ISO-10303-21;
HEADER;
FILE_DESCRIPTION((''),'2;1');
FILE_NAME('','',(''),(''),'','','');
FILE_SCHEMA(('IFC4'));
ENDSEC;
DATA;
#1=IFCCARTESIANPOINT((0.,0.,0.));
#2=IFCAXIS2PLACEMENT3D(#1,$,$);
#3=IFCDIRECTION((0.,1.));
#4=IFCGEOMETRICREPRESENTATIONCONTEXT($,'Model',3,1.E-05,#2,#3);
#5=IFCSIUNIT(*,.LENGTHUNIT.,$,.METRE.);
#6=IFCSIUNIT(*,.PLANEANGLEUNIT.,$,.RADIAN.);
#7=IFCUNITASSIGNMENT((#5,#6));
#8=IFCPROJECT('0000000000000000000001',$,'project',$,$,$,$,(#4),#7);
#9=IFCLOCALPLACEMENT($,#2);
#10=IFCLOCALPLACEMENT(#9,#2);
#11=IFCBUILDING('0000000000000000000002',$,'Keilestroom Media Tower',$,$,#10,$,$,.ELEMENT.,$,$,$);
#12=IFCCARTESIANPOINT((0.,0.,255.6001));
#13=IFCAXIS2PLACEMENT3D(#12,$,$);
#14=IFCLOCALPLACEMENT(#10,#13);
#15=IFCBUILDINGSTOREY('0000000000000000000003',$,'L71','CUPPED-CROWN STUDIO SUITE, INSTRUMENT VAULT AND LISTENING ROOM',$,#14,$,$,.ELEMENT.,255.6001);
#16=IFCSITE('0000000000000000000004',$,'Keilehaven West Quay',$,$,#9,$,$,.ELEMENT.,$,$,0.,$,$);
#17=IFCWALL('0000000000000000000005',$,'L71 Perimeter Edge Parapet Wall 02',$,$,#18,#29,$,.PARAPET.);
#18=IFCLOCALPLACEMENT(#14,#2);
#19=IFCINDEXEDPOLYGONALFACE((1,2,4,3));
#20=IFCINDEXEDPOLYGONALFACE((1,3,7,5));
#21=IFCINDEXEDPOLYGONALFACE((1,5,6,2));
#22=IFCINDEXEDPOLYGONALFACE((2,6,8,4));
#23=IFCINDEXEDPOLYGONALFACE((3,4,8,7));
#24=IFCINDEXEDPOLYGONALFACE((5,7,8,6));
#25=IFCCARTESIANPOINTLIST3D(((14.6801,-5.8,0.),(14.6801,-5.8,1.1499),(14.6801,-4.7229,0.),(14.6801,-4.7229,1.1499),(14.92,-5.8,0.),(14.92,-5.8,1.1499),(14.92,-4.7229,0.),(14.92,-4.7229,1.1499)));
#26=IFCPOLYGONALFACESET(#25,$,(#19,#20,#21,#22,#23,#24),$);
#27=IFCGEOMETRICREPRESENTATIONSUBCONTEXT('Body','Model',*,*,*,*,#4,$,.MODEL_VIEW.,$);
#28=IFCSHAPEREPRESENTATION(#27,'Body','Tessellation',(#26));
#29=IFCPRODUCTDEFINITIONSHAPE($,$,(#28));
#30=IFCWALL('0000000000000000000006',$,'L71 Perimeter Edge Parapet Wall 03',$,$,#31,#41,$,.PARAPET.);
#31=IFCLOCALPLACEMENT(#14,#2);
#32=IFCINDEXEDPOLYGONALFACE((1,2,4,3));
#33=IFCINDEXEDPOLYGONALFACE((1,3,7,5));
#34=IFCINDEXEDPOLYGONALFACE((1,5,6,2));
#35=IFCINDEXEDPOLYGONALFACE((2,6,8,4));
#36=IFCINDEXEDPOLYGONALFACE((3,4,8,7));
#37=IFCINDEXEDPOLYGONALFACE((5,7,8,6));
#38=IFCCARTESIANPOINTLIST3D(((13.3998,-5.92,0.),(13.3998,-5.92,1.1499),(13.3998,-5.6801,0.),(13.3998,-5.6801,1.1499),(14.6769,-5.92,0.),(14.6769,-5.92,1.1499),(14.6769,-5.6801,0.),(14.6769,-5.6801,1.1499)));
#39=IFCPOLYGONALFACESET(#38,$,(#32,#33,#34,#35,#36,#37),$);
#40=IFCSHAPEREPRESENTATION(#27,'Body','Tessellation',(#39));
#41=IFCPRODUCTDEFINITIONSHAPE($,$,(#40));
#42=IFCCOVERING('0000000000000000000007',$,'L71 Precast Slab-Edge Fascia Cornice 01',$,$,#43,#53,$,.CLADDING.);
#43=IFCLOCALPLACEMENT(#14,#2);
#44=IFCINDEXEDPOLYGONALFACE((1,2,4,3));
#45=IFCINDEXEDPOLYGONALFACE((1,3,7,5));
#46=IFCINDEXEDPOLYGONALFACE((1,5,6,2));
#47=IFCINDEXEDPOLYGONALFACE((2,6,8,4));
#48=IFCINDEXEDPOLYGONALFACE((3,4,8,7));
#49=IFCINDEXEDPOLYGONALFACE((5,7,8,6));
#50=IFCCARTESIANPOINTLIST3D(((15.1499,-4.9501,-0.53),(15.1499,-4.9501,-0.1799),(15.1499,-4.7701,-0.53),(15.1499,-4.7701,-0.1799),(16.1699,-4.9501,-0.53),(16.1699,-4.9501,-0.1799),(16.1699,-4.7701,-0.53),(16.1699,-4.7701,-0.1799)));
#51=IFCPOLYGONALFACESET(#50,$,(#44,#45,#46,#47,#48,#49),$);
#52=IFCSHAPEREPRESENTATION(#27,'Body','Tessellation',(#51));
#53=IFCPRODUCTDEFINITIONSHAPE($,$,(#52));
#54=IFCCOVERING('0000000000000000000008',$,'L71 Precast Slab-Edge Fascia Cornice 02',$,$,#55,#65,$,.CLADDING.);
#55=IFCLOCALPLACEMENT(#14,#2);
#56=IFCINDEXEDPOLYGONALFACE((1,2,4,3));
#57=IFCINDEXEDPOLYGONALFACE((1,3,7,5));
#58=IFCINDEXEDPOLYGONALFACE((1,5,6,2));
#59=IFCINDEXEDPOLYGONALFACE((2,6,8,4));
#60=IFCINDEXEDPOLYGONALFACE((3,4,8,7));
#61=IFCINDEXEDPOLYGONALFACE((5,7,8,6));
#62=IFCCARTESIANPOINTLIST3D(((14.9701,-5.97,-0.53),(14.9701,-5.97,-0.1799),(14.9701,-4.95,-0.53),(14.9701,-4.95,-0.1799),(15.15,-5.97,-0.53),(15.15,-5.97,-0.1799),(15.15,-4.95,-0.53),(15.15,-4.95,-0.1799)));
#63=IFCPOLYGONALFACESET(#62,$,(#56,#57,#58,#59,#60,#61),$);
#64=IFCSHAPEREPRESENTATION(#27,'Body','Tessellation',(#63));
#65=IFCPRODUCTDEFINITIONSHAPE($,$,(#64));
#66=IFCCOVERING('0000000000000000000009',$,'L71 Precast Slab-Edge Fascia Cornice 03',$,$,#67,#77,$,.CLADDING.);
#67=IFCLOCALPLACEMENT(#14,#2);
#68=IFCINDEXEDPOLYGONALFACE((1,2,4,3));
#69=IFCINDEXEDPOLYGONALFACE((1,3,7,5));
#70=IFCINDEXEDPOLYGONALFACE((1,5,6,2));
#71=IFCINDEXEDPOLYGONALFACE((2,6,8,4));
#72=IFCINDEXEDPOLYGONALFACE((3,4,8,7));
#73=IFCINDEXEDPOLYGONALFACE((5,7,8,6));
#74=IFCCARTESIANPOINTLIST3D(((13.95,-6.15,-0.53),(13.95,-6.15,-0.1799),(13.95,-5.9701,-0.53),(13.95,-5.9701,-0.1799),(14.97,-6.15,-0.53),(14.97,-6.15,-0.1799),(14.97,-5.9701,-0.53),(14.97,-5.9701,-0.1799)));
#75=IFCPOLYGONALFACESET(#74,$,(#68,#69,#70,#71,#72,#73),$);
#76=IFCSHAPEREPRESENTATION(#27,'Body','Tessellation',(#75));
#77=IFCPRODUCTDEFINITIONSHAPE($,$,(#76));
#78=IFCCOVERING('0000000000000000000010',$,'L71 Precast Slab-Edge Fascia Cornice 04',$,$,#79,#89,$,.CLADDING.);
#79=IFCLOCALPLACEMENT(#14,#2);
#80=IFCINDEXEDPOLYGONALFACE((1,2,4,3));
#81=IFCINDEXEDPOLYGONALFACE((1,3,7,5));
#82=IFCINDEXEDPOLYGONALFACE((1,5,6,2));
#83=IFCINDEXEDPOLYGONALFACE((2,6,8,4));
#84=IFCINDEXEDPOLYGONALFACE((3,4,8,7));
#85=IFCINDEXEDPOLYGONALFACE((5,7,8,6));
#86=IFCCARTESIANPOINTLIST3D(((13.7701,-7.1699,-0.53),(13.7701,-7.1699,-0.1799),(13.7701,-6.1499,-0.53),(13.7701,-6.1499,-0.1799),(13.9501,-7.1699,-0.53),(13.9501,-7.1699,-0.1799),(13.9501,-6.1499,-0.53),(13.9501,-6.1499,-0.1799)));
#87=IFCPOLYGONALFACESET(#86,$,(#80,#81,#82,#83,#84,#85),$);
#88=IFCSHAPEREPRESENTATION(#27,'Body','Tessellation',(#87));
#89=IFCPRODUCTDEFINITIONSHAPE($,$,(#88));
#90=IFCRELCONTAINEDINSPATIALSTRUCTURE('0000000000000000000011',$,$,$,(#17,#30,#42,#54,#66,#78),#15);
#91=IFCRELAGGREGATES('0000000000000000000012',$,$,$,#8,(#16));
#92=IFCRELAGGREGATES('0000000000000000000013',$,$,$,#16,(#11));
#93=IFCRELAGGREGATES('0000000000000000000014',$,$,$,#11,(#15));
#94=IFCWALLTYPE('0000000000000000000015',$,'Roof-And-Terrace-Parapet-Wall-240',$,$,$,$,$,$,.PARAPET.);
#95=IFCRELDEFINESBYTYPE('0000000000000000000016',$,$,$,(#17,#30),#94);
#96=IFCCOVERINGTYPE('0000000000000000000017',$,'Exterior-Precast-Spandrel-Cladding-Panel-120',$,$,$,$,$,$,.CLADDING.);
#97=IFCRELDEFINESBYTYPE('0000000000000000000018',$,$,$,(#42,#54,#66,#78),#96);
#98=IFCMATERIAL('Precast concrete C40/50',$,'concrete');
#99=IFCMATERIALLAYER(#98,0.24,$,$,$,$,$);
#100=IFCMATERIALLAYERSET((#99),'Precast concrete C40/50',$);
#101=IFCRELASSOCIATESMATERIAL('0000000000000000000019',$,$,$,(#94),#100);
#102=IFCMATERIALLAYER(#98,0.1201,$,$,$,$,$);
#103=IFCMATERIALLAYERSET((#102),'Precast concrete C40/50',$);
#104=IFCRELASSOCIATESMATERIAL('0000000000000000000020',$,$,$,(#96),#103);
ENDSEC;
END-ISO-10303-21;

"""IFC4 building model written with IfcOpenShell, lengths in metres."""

from ifc_helpers import new_model, si_unit, direction, frame, frame_2d, origin, origin_2d, place, context, subcontext, project, spatial, rectangle, extrude, source, transform, mapped, material, layer, layer_set, type_object, element, save


model = new_model("IFC4")

# Units and contexts
model_context = context("Model", 3, precision=1e-05, world=origin(), true_north=direction((0.0, 1.0)))
body_context = subcontext(model_context, "Body", "Model", "MODEL_VIEW")
ifc_project = project(units=[si_unit("LENGTHUNIT", "METRE"), si_unit("PLANEANGLEUNIT", "RADIAN")], contexts=[model_context])

# Site, building, storey
site_placement = place(None, origin())
site = spatial("IfcSite", under=ifc_project, at=site_placement, Name="Keilehaven West Quay", CompositionType="ELEMENT", RefElevation=0.0)
building_placement = place(site_placement, origin())
building = spatial("IfcBuilding", under=site, at=building_placement, Name="Keilestroom Media Tower", CompositionType="ELEMENT")
storey_placement = place(building_placement, frame((0.0, 0.0, 255.6001)))
storey = spatial("IfcBuildingStorey", under=building, at=storey_placement, Name="L71", Description="CUPPED-CROWN STUDIO SUITE, INSTRUMENT VAULT AND LISTENING ROOM", CompositionType="ELEMENT", Elevation=255.6001)

# Shared definitions
ifc_material_1 = material(Name="Precast concrete C40/50", Category="concrete")

# Walls
ifc_layer_1 = layer(ifc_material_1, 0.24)
ifc_layer_set_1 = layer_set([ifc_layer_1], Name="Precast concrete C40/50")
wall_type = type_object("IfcWallType", Name="Roof-And-Terrace-Parapet-Wall-240", PredefinedType="PARAPET", material=ifc_layer_set_1)
wall_1_placement = place(storey_placement, frame((14.8, -4.7229, 0.0), z_axis=(0.0, 0.0, 1.0), x_axis=(0.0, -1.0, 0.0)))
element("IfcWall", 1, at=wall_1_placement, inside=storey, type_object=wall_type, Name="L71 Perimeter Edge Parapet Wall 02", PredefinedType="PARAPET", context=body_context, shape_type="SweptSolid", body=[
    extrude(rectangle(XDim=1.0771, YDim=0.24, at=frame_2d((0.5386, 0.0))), origin(), (0.0, 0.0, 1.0), 1.1499),
])
wall_2_placement = place(storey_placement, frame((14.677, -5.8, 0.0), z_axis=(0.0, 0.0, 1.0), x_axis=(-1.0, 0.0, 0.0)))
element("IfcWall", 2, at=wall_2_placement, inside=storey, type_object=wall_type, Name="L71 Perimeter Edge Parapet Wall 03", PredefinedType="PARAPET", context=body_context, shape_type="SweptSolid", body=[
    extrude(rectangle(XDim=1.2771, YDim=0.24, at=frame_2d((0.6387, 0.0))), origin(), (0.0, 0.0, 1.0), 1.1499),
])

# Coverings
ifc_layer_2 = layer(ifc_material_1, 0.1201)
ifc_layer_set_2 = layer_set([ifc_layer_2], Name="Precast concrete C40/50")
covering_type = type_object("IfcCoveringType", Name="Exterior-Precast-Spandrel-Cladding-Panel-120", PredefinedType="CLADDING", material=ifc_layer_set_2)
shared_shape_1 = source(origin(), body_context, "Body", "SweptSolid", [
    extrude(rectangle(XDim=1.02, YDim=0.1799, at=origin_2d()), origin(), (0.0, 0.0, 1.0), 0.3501),
])
for number, where, z_axis, x_axis, name in (
    (3, (15.6599, -4.8601, -0.53), (0.0, 0.0, 1.0), (-1.0, 0.0, 0.0), "L71 Precast Slab-Edge Fascia Cornice 01"),
    (4, (15.0601, -5.46, -0.53), (0.0, 0.0, 1.0), (0.0, -1.0, 0.0), "L71 Precast Slab-Edge Fascia Cornice 02"),
    (5, (14.46, -6.0601, -0.53), (0.0, 0.0, 1.0), (-1.0, 0.0, 0.0), "L71 Precast Slab-Edge Fascia Cornice 03"),
    (6, (13.8601, -6.6599, -0.53), (0.0, 0.0, 1.0), (0.0, -1.0, 0.0), "L71 Precast Slab-Edge Fascia Cornice 04"),
):
    element("IfcCovering", number, at=place(storey_placement, frame(where, z_axis=z_axis, x_axis=x_axis)), inside=storey, type_object=covering_type, Name=name, PredefinedType="CLADDING", context=body_context, shape_type="MappedRepresentation", body=[
        mapped(shared_shape_1, transform((0.0, 0.0, 0.0), x_axis=(1.0, 0.0, 0.0), y_axis=(0.0, 1.0, 0.0), z_axis=(0.0, 0.0, 1.0), scale=1.0)),
    ])

save(model, "model.ifc")
